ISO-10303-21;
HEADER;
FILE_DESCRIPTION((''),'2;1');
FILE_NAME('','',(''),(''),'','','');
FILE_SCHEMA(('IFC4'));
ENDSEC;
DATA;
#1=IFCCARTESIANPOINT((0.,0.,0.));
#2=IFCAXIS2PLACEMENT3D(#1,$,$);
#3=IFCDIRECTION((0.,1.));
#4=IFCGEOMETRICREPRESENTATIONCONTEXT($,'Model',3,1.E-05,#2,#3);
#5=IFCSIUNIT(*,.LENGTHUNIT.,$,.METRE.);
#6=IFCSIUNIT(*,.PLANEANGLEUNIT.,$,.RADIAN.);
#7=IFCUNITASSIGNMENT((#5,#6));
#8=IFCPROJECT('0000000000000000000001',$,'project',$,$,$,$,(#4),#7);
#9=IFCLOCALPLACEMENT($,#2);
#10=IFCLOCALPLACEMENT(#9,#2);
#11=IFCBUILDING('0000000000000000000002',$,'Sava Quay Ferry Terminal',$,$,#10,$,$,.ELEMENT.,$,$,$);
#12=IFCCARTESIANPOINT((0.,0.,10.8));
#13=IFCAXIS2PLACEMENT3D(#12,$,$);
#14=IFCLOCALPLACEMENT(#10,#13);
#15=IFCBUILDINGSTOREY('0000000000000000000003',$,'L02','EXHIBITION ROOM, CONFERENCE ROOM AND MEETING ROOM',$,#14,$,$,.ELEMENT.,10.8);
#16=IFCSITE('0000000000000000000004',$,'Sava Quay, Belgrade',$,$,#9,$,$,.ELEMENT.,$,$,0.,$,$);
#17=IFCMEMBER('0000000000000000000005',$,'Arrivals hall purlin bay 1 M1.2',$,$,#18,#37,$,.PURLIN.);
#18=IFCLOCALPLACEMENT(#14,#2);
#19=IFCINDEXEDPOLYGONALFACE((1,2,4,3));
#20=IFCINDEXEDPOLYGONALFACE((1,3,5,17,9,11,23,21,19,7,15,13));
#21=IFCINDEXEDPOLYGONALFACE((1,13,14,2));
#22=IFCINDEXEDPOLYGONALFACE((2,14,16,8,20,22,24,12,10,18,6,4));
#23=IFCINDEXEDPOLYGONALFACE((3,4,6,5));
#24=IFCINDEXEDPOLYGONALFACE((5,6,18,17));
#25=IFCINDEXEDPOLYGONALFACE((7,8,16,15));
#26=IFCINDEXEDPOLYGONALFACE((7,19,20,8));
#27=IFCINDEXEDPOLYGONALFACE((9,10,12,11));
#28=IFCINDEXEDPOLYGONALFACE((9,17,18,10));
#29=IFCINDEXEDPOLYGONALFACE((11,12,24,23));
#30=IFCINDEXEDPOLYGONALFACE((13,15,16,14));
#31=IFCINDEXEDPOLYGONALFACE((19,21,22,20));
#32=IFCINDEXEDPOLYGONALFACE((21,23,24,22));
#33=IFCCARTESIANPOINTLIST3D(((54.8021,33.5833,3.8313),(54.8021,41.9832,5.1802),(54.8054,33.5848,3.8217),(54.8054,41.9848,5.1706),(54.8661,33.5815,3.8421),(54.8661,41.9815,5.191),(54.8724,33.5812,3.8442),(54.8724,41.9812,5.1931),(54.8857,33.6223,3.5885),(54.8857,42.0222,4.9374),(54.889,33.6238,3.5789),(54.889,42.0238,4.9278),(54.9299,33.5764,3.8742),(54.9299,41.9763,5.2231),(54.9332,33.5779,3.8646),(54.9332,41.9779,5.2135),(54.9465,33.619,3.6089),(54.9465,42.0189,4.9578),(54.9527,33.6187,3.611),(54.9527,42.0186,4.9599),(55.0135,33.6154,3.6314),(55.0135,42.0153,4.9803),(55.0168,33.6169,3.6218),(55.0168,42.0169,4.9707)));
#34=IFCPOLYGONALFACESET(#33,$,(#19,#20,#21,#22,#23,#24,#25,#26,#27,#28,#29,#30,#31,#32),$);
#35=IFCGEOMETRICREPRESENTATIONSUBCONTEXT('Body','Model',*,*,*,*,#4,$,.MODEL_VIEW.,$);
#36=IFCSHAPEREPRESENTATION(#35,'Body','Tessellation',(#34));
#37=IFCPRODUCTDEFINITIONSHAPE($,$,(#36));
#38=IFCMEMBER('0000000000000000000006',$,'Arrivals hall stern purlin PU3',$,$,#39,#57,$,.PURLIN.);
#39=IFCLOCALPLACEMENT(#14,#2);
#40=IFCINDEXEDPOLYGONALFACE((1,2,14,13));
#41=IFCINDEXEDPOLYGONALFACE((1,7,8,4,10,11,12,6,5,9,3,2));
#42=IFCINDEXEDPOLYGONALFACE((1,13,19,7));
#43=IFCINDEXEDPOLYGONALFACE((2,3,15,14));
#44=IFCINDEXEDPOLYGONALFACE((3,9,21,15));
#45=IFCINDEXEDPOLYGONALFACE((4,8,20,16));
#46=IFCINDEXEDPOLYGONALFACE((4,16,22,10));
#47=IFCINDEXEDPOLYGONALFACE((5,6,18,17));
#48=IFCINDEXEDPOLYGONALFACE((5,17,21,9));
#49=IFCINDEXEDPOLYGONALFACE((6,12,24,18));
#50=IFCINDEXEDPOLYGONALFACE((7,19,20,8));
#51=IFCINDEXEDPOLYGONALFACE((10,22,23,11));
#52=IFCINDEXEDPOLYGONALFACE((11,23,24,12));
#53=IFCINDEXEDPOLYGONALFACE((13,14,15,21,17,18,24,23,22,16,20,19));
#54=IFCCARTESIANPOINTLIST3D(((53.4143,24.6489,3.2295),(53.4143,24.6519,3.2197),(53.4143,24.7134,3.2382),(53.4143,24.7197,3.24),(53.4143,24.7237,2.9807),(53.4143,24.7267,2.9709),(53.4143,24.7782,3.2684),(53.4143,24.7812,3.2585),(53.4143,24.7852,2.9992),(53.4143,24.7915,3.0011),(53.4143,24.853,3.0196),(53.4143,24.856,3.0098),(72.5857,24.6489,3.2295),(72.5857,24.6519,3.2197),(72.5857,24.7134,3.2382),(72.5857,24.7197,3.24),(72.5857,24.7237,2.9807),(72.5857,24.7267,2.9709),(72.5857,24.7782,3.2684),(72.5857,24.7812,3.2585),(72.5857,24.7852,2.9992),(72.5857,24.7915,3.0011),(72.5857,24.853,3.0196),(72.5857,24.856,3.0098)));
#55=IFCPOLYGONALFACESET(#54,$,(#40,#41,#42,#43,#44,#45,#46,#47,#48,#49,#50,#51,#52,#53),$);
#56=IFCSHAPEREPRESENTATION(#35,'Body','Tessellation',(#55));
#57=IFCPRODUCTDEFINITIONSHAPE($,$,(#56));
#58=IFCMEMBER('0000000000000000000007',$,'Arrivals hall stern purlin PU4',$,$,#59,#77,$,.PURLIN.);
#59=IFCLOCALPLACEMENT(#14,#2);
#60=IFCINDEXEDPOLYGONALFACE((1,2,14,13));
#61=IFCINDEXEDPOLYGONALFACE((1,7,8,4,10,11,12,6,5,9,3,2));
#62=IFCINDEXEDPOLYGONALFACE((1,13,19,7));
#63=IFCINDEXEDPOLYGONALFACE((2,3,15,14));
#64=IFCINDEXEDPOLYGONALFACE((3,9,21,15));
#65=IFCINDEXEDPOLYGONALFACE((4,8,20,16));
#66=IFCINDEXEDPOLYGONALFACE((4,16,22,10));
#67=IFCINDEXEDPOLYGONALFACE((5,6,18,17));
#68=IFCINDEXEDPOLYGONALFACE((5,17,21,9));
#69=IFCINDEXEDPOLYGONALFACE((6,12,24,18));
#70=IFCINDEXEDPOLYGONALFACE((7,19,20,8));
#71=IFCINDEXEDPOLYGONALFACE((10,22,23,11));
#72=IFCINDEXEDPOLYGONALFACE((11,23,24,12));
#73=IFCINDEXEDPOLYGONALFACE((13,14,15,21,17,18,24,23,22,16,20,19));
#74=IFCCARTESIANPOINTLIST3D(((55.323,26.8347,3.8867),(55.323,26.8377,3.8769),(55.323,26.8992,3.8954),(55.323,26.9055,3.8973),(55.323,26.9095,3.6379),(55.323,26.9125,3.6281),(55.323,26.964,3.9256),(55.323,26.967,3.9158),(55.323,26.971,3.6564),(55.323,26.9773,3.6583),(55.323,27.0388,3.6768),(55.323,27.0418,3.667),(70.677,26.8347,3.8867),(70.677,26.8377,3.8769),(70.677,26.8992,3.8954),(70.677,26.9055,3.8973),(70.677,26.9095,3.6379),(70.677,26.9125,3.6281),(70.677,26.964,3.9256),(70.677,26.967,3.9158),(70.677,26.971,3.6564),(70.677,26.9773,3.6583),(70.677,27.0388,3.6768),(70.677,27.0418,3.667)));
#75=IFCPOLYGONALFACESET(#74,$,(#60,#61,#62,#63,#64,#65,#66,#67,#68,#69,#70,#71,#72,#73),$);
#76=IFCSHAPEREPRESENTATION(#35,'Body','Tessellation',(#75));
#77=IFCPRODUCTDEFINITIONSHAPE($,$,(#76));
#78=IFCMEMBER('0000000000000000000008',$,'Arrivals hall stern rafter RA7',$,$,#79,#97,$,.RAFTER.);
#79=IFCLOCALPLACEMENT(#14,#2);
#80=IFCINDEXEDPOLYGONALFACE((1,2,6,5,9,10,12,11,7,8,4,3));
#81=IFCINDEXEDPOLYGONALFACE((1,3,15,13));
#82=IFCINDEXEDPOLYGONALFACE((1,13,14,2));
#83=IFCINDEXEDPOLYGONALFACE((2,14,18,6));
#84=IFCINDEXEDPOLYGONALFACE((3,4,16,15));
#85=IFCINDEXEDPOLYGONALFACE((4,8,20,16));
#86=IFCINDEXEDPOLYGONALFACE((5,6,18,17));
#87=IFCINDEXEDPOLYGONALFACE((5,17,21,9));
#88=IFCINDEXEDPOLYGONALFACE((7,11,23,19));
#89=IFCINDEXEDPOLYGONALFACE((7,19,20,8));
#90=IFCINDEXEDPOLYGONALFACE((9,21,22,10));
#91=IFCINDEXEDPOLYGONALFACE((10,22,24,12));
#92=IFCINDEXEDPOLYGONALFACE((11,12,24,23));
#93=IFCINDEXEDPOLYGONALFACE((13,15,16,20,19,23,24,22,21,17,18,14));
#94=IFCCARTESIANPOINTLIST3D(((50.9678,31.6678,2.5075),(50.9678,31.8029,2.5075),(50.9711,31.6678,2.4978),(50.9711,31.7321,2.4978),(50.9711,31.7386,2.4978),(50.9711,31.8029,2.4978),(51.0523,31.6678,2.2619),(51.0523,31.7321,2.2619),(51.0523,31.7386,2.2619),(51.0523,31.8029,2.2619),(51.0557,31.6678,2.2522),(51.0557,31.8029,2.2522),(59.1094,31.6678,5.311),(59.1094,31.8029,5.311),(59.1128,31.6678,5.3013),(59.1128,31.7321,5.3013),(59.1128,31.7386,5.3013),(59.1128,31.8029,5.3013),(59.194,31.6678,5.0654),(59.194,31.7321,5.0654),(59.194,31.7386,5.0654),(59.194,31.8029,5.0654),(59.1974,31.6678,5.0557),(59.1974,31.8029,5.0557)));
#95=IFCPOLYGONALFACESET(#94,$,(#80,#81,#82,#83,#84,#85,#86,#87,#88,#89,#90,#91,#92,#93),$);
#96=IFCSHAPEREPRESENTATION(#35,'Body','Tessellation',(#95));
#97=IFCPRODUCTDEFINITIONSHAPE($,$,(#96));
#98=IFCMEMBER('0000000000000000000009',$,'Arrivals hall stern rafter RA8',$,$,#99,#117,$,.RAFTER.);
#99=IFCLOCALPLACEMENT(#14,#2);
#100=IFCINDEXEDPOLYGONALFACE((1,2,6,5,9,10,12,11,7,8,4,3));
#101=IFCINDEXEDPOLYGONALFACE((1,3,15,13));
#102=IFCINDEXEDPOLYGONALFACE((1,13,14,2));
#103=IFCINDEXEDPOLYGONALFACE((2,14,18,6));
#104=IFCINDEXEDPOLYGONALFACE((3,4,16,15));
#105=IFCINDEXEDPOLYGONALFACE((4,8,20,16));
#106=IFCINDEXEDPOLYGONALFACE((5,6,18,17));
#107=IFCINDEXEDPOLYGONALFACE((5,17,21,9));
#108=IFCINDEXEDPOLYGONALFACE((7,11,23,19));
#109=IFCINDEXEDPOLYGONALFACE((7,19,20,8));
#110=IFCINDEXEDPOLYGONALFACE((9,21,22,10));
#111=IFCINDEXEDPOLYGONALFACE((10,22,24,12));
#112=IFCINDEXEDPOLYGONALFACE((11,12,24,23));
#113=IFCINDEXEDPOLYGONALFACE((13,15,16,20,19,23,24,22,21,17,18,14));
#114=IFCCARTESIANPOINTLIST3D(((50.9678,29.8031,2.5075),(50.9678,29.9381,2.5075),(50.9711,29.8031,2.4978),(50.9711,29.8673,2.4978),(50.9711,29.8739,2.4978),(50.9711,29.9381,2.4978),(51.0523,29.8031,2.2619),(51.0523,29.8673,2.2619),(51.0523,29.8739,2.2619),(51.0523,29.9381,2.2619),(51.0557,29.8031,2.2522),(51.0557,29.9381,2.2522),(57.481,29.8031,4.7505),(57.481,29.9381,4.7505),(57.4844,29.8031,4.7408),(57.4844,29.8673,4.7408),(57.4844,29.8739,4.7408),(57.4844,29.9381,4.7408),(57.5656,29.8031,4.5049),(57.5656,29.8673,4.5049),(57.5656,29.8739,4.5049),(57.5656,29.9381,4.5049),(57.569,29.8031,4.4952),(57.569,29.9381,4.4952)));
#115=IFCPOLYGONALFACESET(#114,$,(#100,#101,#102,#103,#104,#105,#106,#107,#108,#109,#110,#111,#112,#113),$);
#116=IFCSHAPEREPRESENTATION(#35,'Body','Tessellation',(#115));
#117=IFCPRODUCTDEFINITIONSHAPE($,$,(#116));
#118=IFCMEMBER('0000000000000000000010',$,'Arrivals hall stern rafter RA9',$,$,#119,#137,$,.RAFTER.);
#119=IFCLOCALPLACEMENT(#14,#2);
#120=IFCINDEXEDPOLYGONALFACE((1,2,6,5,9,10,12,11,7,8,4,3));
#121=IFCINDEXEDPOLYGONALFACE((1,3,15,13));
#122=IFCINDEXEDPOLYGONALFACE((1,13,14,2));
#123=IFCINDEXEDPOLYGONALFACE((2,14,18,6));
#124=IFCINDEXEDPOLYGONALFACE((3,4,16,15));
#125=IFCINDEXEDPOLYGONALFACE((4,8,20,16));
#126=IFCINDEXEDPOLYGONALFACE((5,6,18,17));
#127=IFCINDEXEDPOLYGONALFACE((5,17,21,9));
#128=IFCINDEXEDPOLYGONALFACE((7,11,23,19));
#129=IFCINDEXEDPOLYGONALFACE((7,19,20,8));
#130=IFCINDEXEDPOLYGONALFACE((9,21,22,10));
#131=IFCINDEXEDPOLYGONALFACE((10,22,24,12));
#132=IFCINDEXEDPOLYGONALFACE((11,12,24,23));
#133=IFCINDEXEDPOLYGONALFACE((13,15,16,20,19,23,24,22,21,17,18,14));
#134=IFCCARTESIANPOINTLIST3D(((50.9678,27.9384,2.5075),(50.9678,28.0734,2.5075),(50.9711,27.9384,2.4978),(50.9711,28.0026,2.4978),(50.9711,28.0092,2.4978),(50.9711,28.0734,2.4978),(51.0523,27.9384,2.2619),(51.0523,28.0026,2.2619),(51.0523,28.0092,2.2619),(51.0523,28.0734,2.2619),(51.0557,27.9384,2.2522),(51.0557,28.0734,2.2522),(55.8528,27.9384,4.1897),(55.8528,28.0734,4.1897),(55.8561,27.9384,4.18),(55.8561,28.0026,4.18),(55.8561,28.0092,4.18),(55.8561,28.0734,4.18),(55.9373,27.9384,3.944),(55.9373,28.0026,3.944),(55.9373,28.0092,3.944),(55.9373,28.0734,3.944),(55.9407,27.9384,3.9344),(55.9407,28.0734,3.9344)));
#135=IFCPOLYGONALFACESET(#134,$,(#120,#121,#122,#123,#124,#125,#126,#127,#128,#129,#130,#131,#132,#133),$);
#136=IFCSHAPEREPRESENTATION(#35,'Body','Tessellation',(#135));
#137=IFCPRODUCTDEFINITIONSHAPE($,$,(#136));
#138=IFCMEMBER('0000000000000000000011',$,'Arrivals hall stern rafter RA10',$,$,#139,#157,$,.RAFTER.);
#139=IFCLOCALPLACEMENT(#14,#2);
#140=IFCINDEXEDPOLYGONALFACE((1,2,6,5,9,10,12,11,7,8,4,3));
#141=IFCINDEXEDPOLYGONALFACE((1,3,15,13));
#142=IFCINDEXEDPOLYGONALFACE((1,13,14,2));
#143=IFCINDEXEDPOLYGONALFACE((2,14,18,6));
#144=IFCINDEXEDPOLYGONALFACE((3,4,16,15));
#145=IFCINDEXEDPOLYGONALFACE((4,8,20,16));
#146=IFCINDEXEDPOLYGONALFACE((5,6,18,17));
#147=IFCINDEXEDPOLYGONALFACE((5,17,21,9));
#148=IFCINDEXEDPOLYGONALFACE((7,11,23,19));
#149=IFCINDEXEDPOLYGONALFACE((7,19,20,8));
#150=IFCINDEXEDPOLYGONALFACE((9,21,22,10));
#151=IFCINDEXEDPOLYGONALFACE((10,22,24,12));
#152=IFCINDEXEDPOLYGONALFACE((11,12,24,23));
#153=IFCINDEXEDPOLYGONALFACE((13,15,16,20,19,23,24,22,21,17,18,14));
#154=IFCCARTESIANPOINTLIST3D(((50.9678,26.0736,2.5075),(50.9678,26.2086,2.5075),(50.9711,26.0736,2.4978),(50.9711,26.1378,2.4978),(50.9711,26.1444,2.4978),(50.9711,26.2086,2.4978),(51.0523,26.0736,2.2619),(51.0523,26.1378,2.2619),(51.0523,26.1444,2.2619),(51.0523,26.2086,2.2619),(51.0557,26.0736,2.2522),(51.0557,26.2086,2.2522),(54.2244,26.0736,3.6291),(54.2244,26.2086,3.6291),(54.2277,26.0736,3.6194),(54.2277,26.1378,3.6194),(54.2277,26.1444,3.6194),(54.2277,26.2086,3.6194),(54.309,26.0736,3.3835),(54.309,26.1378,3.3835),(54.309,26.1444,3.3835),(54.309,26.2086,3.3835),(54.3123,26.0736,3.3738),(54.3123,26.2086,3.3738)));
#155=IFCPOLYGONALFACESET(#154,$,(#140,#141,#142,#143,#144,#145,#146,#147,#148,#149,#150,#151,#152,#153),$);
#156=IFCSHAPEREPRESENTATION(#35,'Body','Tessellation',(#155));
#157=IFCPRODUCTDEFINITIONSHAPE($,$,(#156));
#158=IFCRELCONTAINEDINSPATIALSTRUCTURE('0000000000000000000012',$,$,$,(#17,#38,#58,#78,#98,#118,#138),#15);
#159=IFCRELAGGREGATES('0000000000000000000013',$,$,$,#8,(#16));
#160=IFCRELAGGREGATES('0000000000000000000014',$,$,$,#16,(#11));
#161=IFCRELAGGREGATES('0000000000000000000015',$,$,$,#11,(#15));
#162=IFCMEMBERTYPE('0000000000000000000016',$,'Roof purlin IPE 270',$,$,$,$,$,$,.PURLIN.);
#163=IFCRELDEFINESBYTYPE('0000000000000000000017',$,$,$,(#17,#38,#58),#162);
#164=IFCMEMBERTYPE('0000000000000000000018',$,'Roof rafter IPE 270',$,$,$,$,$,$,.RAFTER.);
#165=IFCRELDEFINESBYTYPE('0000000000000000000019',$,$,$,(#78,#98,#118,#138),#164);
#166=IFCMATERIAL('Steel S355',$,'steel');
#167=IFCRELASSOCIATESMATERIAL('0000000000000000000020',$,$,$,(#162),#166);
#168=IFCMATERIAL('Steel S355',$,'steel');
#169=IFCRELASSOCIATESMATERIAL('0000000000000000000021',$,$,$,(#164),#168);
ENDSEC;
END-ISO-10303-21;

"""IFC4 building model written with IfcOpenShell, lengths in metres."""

from ifc_helpers import new_model, si_unit, direction, frame, origin, origin_2d, place, context, subcontext, project, spatial, i_section, extrude, material, material_profile, profile_set, type_object, element, save


model = new_model("IFC4")

# Units and contexts
model_context = context("Model", 3, precision=1e-05, world=origin(), true_north=direction((0.0, 1.0)))
body_context = subcontext(model_context, "Body", "Model", "MODEL_VIEW")
ifc_project = project(units=[si_unit("LENGTHUNIT", "METRE"), si_unit("PLANEANGLEUNIT", "RADIAN")], contexts=[model_context])

# Site, building, storey
site_placement = place(None, origin())
site = spatial("IfcSite", under=ifc_project, at=site_placement, Name="Sava Quay, Belgrade", CompositionType="ELEMENT", RefElevation=0.0)
building_placement = place(site_placement, origin())
building = spatial("IfcBuilding", under=site, at=building_placement, Name="Sava Quay Ferry Terminal", CompositionType="ELEMENT")
storey_placement = place(building_placement, frame((0.0, 0.0, 10.8)))
storey = spatial("IfcBuildingStorey", under=building, at=storey_placement, Name="L02", Description="EXHIBITION ROOM, CONFERENCE ROOM AND MEETING ROOM", CompositionType="ELEMENT", Elevation=10.8)

# Members
ifc_material_1 = material(Name="Steel S355", Category="steel")
ifc_material_profile_1 = material_profile(ifc_material_1, i_section(OverallWidth=0.135, OverallDepth=0.27, WebThickness=0.0066, FlangeThickness=0.0103, at=origin_2d()), Name="IPE 270")
ifc_profile_set_1 = profile_set([ifc_material_profile_1], Name="Steel S355")
member_type_1 = type_object("IfcMemberType", Name="Roof purlin IPE 270", PredefinedType="PURLIN", material=ifc_profile_set_1)
for number, where, z_axis, x_axis, name in (
    (1, (54.9094, 33.6001, 3.7266), (0.0, 0.987351, 0.158551), (-0.946781, 0.051034, -0.317807), "Arrivals hall purlin bay 1 M1.2"),
):
    element("IfcMember", number, at=place(storey_placement, frame(where, z_axis=z_axis, x_axis=x_axis)), inside=storey, type_object=member_type_1, Name=name, PredefinedType="PURLIN", context=body_context, shape_type="SweptSolid", body=[
        extrude(i_section(OverallWidth=0.135, OverallDepth=0.27, WebThickness=0.0066, FlangeThickness=0.0103, at=origin_2d()), origin(), (0.0, 0.0, 1.0), 8.5076),
    ])
member_1_placement = place(storey_placement, frame((53.4143, 24.7524, 3.1196), z_axis=(1.0, 0.0, 0.0), x_axis=(0.0, 0.957647, 0.287946)))
element("IfcMember", 2, at=member_1_placement, inside=storey, type_object=member_type_1, Name="Arrivals hall stern purlin PU3", PredefinedType="PURLIN", context=body_context, shape_type="SweptSolid", body=[
    extrude(i_section(OverallWidth=0.135, OverallDepth=0.27, WebThickness=0.0066, FlangeThickness=0.0103, at=origin_2d()), origin(), (0.0, 0.0, 1.0), 19.1714),
])
member_2_placement = place(storey_placement, frame((55.323, 26.9382, 3.7769), z_axis=(1.0, 0.0, 0.0), x_axis=(0.0, 0.957647, 0.287946)))
element("IfcMember", 3, at=member_2_placement, inside=storey, type_object=member_type_1, Name="Arrivals hall stern purlin PU4", PredefinedType="PURLIN", context=body_context, shape_type="SweptSolid", body=[
    extrude(i_section(OverallWidth=0.135, OverallDepth=0.27, WebThickness=0.0066, FlangeThickness=0.0103, at=origin_2d()), origin(), (0.0, 0.0, 1.0), 15.354),
])
ifc_material_2 = material(Name="Steel S355", Category="steel")
ifc_material_profile_2 = material_profile(ifc_material_2, i_section(OverallWidth=0.135, OverallDepth=0.27, WebThickness=0.0066, FlangeThickness=0.0103, at=origin_2d()), Name="IPE 270")
ifc_profile_set_2 = profile_set([ifc_material_profile_2], Name="Steel S355")
member_type_2 = type_object("IfcMemberType", Name="Roof rafter IPE 270", PredefinedType="RAFTER", material=ifc_profile_set_2)
member_3_placement = place(storey_placement, frame((51.0117, 31.7354, 2.3799), z_axis=(0.945515, 0.0, 0.325577), x_axis=(0.0, 1.0, 0.0)))
element("IfcMember", 4, at=member_3_placement, inside=storey, type_object=member_type_2, Name="Arrivals hall stern rafter RA7", PredefinedType="RAFTER", context=body_context, shape_type="SweptSolid", body=[
    extrude(i_section(OverallWidth=0.135, OverallDepth=0.27, WebThickness=0.0066, FlangeThickness=0.0103, at=origin_2d()), origin(), (0.0, 0.0, 1.0), 8.6108),
])
member_4_placement = place(storey_placement, frame((51.0117, 29.8706, 2.3799), z_axis=(0.945507, 0.0, 0.325601), x_axis=(0.0, 1.0, 0.0)))
element("IfcMember", 5, at=member_4_placement, inside=storey, type_object=member_type_2, Name="Arrivals hall stern rafter RA8", PredefinedType="RAFTER", context=body_context, shape_type="SweptSolid", body=[
    extrude(i_section(OverallWidth=0.135, OverallDepth=0.27, WebThickness=0.0066, FlangeThickness=0.0103, at=origin_2d()), origin(), (0.0, 0.0, 1.0), 6.8887),
])
member_5_placement = place(storey_placement, frame((51.0117, 28.0059, 2.3799), z_axis=(0.945514, 0.0, 0.325583), x_axis=(0.0, 1.0, 0.0)))
element("IfcMember", 6, at=member_5_placement, inside=storey, type_object=member_type_2, Name="Arrivals hall stern rafter RA9", PredefinedType="RAFTER", context=body_context, shape_type="SweptSolid", body=[
    extrude(i_section(OverallWidth=0.135, OverallDepth=0.27, WebThickness=0.0066, FlangeThickness=0.0103, at=origin_2d()), origin(), (0.0, 0.0, 1.0), 5.1665),
])
member_6_placement = place(storey_placement, frame((51.0117, 26.1411, 2.3799), z_axis=(0.945496, 0.0, 0.325632), x_axis=(0.0, 1.0, 0.0)))
element("IfcMember", 7, at=member_6_placement, inside=storey, type_object=member_type_2, Name="Arrivals hall stern rafter RA10", PredefinedType="RAFTER", context=body_context, shape_type="SweptSolid", body=[
    extrude(i_section(OverallWidth=0.135, OverallDepth=0.27, WebThickness=0.0066, FlangeThickness=0.0103, at=origin_2d()), origin(), (0.0, 0.0, 1.0), 3.4443),
])

save(model, "model.ifc")
